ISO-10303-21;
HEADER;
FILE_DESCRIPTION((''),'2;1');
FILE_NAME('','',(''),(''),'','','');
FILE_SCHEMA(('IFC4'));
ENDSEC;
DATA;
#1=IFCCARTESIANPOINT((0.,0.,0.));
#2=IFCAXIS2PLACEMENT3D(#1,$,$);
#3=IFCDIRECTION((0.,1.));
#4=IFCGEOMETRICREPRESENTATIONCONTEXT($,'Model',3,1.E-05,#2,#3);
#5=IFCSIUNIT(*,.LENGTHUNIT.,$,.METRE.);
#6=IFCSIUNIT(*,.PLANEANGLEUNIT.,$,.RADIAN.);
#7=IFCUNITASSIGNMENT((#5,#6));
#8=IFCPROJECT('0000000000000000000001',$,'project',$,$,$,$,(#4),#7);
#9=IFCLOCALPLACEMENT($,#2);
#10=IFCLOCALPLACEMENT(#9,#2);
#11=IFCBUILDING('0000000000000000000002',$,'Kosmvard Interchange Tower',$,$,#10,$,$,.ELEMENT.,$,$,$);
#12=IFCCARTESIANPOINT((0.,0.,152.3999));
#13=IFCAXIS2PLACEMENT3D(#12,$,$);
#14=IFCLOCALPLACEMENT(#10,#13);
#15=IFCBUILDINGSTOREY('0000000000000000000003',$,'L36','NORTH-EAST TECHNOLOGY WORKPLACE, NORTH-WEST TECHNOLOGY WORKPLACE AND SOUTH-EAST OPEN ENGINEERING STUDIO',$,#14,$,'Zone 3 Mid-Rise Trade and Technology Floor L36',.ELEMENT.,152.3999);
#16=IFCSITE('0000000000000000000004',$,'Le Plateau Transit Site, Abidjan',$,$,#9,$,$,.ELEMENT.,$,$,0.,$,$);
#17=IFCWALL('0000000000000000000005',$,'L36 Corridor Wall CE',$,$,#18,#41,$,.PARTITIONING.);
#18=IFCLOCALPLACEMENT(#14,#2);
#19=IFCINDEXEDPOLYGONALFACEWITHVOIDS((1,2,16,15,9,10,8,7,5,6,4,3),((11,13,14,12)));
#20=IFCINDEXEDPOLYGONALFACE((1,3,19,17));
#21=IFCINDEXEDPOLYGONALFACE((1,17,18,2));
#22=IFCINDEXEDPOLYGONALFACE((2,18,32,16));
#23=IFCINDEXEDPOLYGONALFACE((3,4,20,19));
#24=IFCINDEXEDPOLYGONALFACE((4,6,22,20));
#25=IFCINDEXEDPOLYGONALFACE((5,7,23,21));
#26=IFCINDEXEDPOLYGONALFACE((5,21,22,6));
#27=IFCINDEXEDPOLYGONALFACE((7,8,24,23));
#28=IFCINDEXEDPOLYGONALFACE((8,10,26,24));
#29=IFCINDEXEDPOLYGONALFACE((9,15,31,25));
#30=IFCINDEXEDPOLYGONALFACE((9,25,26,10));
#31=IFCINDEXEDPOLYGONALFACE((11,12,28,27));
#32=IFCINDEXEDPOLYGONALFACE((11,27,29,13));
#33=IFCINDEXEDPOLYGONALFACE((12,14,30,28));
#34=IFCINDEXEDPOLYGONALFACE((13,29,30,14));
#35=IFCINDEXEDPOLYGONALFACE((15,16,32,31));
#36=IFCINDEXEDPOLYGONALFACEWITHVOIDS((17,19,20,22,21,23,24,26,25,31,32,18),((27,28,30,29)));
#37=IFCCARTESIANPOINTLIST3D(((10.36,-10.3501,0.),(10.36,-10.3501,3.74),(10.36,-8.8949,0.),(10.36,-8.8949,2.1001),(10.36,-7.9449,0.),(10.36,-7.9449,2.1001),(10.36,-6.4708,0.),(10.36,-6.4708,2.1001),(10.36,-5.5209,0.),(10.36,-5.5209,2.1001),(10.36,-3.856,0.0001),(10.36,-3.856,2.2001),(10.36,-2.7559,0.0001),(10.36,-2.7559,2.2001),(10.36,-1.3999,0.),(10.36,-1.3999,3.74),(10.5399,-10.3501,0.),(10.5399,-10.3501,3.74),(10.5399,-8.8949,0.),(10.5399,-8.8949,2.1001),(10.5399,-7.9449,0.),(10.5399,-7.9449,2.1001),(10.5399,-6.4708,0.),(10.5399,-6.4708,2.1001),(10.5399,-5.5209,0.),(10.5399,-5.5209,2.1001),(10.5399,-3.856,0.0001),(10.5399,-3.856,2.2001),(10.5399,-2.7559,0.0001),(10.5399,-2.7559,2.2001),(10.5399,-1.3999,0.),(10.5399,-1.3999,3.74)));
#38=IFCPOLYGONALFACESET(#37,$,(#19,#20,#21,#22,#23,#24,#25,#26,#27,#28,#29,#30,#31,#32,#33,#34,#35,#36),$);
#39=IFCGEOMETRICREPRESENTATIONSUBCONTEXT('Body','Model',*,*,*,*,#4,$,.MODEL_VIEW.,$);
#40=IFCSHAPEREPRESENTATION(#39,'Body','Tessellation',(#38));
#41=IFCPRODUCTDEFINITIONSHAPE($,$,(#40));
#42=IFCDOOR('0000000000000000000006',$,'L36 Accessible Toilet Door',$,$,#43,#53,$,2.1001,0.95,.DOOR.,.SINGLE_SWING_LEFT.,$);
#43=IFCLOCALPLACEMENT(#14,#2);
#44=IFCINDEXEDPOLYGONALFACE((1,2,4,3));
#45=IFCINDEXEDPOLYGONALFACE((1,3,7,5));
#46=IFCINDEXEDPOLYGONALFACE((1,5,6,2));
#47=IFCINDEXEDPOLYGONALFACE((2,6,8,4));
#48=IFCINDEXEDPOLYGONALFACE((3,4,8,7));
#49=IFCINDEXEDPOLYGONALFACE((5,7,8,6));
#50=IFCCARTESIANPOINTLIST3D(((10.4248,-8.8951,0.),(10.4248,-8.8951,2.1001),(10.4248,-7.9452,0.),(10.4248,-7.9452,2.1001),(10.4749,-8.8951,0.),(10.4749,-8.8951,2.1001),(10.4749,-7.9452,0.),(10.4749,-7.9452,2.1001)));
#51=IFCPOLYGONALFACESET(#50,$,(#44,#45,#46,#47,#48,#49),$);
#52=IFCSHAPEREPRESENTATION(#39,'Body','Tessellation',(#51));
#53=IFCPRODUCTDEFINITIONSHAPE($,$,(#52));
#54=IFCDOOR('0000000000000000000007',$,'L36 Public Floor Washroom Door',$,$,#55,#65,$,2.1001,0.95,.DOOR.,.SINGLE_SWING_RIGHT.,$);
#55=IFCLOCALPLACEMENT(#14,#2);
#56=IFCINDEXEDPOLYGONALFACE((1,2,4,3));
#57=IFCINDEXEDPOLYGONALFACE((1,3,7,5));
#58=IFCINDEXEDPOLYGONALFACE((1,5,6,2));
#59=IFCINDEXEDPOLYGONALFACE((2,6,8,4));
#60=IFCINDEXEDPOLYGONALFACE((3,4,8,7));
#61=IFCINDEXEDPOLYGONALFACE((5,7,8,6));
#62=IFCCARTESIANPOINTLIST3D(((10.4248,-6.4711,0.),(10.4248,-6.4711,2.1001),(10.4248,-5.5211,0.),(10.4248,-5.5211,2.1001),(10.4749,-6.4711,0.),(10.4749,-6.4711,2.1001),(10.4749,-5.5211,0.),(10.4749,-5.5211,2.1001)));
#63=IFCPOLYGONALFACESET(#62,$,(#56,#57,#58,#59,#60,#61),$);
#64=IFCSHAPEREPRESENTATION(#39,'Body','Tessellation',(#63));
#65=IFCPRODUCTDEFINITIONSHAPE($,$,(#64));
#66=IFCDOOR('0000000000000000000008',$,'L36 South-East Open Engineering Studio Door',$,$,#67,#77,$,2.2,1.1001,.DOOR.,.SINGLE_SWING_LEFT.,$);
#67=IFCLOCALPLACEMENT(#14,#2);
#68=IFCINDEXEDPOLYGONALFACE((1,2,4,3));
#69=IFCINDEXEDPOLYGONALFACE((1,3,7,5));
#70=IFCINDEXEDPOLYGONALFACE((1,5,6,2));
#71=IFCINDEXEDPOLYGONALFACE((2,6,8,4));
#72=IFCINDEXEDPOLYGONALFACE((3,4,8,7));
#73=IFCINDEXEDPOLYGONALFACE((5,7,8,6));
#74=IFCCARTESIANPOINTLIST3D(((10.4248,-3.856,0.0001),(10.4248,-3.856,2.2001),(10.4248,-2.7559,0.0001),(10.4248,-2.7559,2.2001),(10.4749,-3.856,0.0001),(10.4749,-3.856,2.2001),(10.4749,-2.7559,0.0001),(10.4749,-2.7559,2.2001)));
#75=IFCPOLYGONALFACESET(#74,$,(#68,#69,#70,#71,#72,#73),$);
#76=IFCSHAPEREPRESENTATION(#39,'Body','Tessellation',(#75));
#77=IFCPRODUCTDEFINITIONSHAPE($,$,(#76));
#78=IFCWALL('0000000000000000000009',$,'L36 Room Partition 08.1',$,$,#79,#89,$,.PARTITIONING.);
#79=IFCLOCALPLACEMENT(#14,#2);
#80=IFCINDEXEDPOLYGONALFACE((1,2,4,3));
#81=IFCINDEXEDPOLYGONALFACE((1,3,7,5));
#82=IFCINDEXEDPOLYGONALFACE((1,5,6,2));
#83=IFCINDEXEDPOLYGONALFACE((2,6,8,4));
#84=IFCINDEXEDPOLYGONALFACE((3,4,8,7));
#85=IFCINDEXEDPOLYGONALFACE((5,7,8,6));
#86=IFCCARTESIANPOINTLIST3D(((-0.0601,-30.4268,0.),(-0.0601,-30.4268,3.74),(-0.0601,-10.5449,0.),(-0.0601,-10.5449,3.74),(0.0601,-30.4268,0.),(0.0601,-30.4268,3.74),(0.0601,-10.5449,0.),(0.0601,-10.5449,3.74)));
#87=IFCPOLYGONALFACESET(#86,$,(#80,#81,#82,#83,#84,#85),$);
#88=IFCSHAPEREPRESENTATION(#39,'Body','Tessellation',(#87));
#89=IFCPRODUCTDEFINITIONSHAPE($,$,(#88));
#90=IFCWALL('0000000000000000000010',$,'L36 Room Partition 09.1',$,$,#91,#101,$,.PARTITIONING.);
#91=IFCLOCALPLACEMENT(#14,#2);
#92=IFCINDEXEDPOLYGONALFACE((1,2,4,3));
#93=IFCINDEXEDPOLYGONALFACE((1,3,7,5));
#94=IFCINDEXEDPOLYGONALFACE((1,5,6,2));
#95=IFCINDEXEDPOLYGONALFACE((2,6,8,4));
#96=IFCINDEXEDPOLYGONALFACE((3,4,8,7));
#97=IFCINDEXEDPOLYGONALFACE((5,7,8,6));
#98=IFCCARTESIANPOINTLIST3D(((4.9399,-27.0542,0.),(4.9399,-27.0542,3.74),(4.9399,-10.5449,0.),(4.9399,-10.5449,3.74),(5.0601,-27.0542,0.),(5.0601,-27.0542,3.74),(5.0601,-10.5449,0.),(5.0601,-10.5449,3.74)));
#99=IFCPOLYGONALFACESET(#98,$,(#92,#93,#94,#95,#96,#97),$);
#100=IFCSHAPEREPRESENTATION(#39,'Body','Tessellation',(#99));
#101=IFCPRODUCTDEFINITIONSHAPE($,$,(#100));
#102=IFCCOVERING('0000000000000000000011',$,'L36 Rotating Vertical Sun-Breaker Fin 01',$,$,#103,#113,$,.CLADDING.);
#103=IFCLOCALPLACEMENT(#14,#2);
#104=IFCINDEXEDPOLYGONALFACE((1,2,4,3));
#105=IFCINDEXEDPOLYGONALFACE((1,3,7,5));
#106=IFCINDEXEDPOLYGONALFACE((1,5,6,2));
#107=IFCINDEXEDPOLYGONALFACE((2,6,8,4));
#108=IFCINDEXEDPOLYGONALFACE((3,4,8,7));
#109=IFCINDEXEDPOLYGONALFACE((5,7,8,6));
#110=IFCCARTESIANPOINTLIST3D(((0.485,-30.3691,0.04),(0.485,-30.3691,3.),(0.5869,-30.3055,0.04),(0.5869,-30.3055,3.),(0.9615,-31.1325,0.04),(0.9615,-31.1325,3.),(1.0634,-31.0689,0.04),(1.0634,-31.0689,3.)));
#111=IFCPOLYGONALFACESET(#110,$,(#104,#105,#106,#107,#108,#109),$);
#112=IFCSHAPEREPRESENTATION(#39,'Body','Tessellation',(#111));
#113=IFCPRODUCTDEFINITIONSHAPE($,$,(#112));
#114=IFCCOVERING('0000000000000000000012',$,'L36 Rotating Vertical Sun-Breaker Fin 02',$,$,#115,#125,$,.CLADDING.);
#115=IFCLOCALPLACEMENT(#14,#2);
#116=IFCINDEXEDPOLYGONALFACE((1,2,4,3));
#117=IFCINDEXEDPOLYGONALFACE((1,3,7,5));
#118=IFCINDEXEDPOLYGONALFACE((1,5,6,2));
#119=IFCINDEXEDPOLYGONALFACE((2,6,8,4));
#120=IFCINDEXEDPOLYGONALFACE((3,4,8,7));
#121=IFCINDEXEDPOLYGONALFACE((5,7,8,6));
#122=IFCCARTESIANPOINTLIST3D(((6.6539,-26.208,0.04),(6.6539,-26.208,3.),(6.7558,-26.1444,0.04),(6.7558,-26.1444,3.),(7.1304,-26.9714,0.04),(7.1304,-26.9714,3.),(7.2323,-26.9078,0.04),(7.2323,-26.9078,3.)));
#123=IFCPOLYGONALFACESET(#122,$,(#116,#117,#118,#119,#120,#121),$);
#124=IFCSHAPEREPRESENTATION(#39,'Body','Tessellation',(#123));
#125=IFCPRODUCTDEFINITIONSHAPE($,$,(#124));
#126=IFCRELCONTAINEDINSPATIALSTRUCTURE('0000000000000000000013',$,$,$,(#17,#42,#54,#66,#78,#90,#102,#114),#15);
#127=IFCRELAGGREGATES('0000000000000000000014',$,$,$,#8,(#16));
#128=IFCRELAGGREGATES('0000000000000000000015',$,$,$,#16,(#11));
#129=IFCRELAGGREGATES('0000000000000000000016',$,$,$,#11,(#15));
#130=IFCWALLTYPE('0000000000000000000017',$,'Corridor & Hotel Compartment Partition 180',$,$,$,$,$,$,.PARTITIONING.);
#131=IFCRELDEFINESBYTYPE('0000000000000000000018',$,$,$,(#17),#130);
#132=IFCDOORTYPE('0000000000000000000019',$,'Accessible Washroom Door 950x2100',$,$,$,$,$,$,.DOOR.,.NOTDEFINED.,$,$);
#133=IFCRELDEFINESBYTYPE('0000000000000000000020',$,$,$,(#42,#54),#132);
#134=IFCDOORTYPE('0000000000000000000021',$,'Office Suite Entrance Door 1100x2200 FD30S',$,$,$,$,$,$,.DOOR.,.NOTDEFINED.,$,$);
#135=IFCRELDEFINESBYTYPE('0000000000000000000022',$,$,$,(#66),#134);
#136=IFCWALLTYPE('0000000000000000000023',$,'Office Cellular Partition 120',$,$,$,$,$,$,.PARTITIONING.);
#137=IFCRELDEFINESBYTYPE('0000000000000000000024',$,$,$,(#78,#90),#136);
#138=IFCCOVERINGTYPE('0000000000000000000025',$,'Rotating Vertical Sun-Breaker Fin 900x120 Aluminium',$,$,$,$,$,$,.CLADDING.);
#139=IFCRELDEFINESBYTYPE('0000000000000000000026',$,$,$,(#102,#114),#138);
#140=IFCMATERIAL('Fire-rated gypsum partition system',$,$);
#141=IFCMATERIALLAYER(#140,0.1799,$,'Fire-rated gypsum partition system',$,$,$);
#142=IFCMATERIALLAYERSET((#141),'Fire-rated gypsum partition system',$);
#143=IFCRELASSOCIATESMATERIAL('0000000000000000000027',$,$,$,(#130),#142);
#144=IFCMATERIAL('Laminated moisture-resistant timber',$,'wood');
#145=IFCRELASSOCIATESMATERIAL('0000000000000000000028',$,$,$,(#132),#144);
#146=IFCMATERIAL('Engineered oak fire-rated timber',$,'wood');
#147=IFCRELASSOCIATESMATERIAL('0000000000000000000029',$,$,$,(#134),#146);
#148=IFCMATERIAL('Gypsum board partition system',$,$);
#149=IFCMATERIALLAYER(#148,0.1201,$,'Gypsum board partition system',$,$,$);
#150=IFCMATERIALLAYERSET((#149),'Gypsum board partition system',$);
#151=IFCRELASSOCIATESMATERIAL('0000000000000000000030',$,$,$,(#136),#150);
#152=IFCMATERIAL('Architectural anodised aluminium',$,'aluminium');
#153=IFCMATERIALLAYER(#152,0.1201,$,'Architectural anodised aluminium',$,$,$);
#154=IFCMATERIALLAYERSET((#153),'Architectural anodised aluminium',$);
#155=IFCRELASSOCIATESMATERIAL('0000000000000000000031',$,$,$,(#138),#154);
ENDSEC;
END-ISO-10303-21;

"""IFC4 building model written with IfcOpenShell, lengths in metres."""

from ifc_helpers import new_model, si_unit, direction, frame, frame_2d, origin, origin_2d, place, context, subcontext, project, spatial, rectangle, extrude, source, transform, mapped, material, layer, layer_set, type_object, element, fill, save


model = new_model("IFC4")

# Units and contexts
model_context = context("Model", 3, precision=1e-05, world=origin(), true_north=direction((0.0, 1.0)))
body_context = subcontext(model_context, "Body", "Model", "MODEL_VIEW")
ifc_project = project(units=[si_unit("LENGTHUNIT", "METRE"), si_unit("PLANEANGLEUNIT", "RADIAN")], contexts=[model_context])

# Site, building, storey
site_placement = place(None, origin())
site = spatial("IfcSite", under=ifc_project, at=site_placement, Name="Le Plateau Transit Site, Abidjan", CompositionType="ELEMENT", RefElevation=0.0)
building_placement = place(site_placement, origin())
building = spatial("IfcBuilding", under=site, at=building_placement, Name="Kosmvard Interchange Tower", CompositionType="ELEMENT")
storey_placement = place(building_placement, frame((0.0, 0.0, 152.3999)))
storey = spatial("IfcBuildingStorey", under=building, at=storey_placement, Name="L36", Description="NORTH-EAST TECHNOLOGY WORKPLACE, NORTH-WEST TECHNOLOGY WORKPLACE AND SOUTH-EAST OPEN ENGINEERING STUDIO", LongName="Zone 3 Mid-Rise Trade and Technology Floor L36", CompositionType="ELEMENT", Elevation=152.3999)

# Wall, openings, doors
ifc_material_1 = material(Name="Fire-rated gypsum partition system")
ifc_layer_1 = layer(ifc_material_1, 0.1799, Name="Fire-rated gypsum partition system")
ifc_layer_set_1 = layer_set([ifc_layer_1], Name="Fire-rated gypsum partition system")
wall_type_1 = type_object("IfcWallType", Name="Corridor & Hotel Compartment Partition 180", PredefinedType="PARTITIONING", material=ifc_layer_set_1)
wall_1_placement = place(storey_placement, frame((10.45, -10.3501, 0.0), z_axis=(0.0, 0.0, 1.0), x_axis=(0.0, 1.0, 0.0)))
wall_1 = element("IfcWall", 1, at=wall_1_placement, inside=storey, type_object=wall_type_1, Name="L36 Corridor Wall CE", PredefinedType="PARTITIONING", context=body_context, shape_type="SweptSolid", body=[
    extrude(rectangle(XDim=8.9502, YDim=0.1799, at=frame_2d((4.4751, 0.0))), origin(), (0.0, 0.0, 1.0), 3.74),
])
opening_1_placement = place(wall_1_placement, frame((1.4551, 0.0, 0.0)))
opening_1 = element("IfcOpeningElement", 2, at=opening_1_placement, cuts=wall_1, PredefinedType="OPENING", context=body_context, shape_type="SweptSolid", body=[
    extrude(rectangle(XDim=0.95, YDim=2.1001, at=frame_2d((0.4751, 1.05))), frame((0.0, 0.1001, 0.0), z_axis=(0.0, -1.0, 0.0), x_axis=(1.0, 0.0, 0.0)), (0.0, 0.0, 1.0), 0.2),
])
opening_2_placement = place(wall_1_placement, frame((3.8792, 0.0, 0.0)))
opening_2 = element("IfcOpeningElement", 3, at=opening_2_placement, cuts=wall_1, PredefinedType="OPENING", context=body_context, shape_type="SweptSolid", body=[
    extrude(rectangle(XDim=0.95, YDim=2.1001, at=frame_2d((0.4751, 1.05))), frame((0.0, 0.1001, 0.0), z_axis=(0.0, -1.0, 0.0), x_axis=(1.0, 0.0, 0.0)), (0.0, 0.0, 1.0), 0.2),
])
opening_3_placement = place(wall_1_placement, frame((6.4941, 0.0, 0.0)))
opening_3 = element("IfcOpeningElement", 4, at=opening_3_placement, cuts=wall_1, PredefinedType="OPENING", context=body_context, shape_type="SweptSolid", body=[
    extrude(rectangle(XDim=1.1001, YDim=2.2, at=frame_2d((0.55, 1.1001))), frame((0.0, 0.1001, 0.0), z_axis=(0.0, -1.0, 0.0), x_axis=(1.0, 0.0, 0.0)), (0.0, 0.0, 1.0), 0.2),
])
ifc_material_2 = material(Name="Laminated moisture-resistant timber", Category="wood")
door_type_1 = type_object("IfcDoorType", Name="Accessible Washroom Door 950x2100", OperationType="NOTDEFINED", PredefinedType="DOOR", material=ifc_material_2)
shared_shape_1 = source(origin(), body_context, "Body", "SweptSolid", [
    extrude(rectangle(XDim=0.95, YDim=2.1001, at=frame_2d((0.4751, 1.05))), frame((0.0, 0.0249, 0.0), z_axis=(0.0, -1.0, 0.0), x_axis=(1.0, 0.0, 0.0)), (0.0, 0.0, 1.0), 0.05),
])
door_1_placement = place(opening_1_placement, frame((0.95, 0.0, 0.0), z_axis=(0.0, 0.0, 1.0), x_axis=(-1.0, 0.0, 0.0)))
door_1 = element("IfcDoor", 5, at=door_1_placement, inside=storey, type_object=door_type_1, Name="L36 Accessible Toilet Door", OperationType="SINGLE_SWING_LEFT", OverallHeight=2.1001, OverallWidth=0.95, PredefinedType="DOOR", context=body_context, shape_type="MappedRepresentation", body=[
    mapped(shared_shape_1, transform((0.0, 0.0, 0.0), scale=1.0)),
])
fill(opening_1, door_1)
door_2_placement = place(opening_2_placement, frame((0.95, 0.0, 0.0), z_axis=(0.0, 0.0, 1.0), x_axis=(-1.0, 0.0, 0.0)))
door_2 = element("IfcDoor", 6, at=door_2_placement, inside=storey, type_object=door_type_1, Name="L36 Public Floor Washroom Door", OperationType="SINGLE_SWING_RIGHT", OverallHeight=2.1001, OverallWidth=0.95, PredefinedType="DOOR", context=body_context, shape_type="MappedRepresentation", body=[
    mapped(shared_shape_1, transform((0.0, 0.0, 0.0), scale=1.0)),
])
fill(opening_2, door_2)
ifc_material_3 = material(Name="Engineered oak fire-rated timber", Category="wood")
door_type_2 = type_object("IfcDoorType", Name="Office Suite Entrance Door 1100x2200 FD30S", OperationType="NOTDEFINED", PredefinedType="DOOR", material=ifc_material_3)
shared_shape_2 = source(origin(), body_context, "Body", "SweptSolid", [
    extrude(rectangle(XDim=1.1001, YDim=2.2, at=frame_2d((0.55, 1.1001))), frame((0.0, 0.0249, 0.0), z_axis=(0.0, -1.0, 0.0), x_axis=(1.0, 0.0, 0.0)), (0.0, 0.0, 1.0), 0.05),
])
door_3_placement = place(opening_3_placement, frame((1.1001, 0.0, 0.0), z_axis=(0.0, 0.0, 1.0), x_axis=(-1.0, 0.0, 0.0)))
door_3 = element("IfcDoor", 7, at=door_3_placement, inside=storey, type_object=door_type_2, Name="L36 South-East Open Engineering Studio Door", OperationType="SINGLE_SWING_LEFT", OverallHeight=2.2, OverallWidth=1.1001, PredefinedType="DOOR", context=body_context, shape_type="MappedRepresentation", body=[
    mapped(shared_shape_2, transform((0.0, 0.0, 0.0), scale=1.0)),
])
fill(opening_3, door_3)

# Walls
ifc_material_4 = material(Name="Gypsum board partition system")
ifc_layer_2 = layer(ifc_material_4, 0.1201, Name="Gypsum board partition system")
ifc_layer_set_2 = layer_set([ifc_layer_2], Name="Gypsum board partition system")
wall_type_2 = type_object("IfcWallType", Name="Office Cellular Partition 120", PredefinedType="PARTITIONING", material=ifc_layer_set_2)
wall_2_placement = place(storey_placement, frame((0.0, -30.4268, 0.0), z_axis=(0.0, 0.0, 1.0), x_axis=(0.0, 1.0, 0.0)))
element("IfcWall", 8, at=wall_2_placement, inside=storey, type_object=wall_type_2, Name="L36 Room Partition 08.1", PredefinedType="PARTITIONING", context=body_context, shape_type="SweptSolid", body=[
    extrude(rectangle(XDim=19.8818, YDim=0.1201, at=frame_2d((9.9409, 0.0))), origin(), (0.0, 0.0, 1.0), 3.74),
])
wall_3_placement = place(storey_placement, frame((5.0, -27.0542, 0.0), z_axis=(0.0, 0.0, 1.0), x_axis=(0.0, 1.0, 0.0)))
element("IfcWall", 9, at=wall_3_placement, inside=storey, type_object=wall_type_2, Name="L36 Room Partition 09.1", PredefinedType="PARTITIONING", context=body_context, shape_type="SweptSolid", body=[
    extrude(rectangle(XDim=16.5093, YDim=0.1201, at=frame_2d((8.2546, 0.0))), origin(), (0.0, 0.0, 1.0), 3.74),
])

# Coverings
ifc_material_5 = material(Name="Architectural anodised aluminium", Category="aluminium")
ifc_layer_3 = layer(ifc_material_5, 0.1201, Name="Architectural anodised aluminium")
ifc_layer_set_3 = layer_set([ifc_layer_3], Name="Architectural anodised aluminium")
covering_type = type_object("IfcCoveringType", Name="Rotating Vertical Sun-Breaker Fin 900x120 Aluminium", PredefinedType="CLADDING", material=ifc_layer_set_3)
shared_shape_3 = source(origin(), body_context, "Body", "SweptSolid", [
    extrude(rectangle(XDim=0.8999, YDim=0.1201, at=origin_2d()), origin(), (0.0, 0.0, 1.0), 2.96),
])
for number, where, z_axis, x_axis, name in (
    (10, (0.7742, -30.719, 0.04), (0.0, 0.0, 1.0), (0.529475, -0.848325, 0.0), "L36 Rotating Vertical Sun-Breaker Fin 01"),
    (11, (6.9431, -26.5579, 0.04), (0.0, 0.0, 1.0), (0.529475, -0.848325, 0.0), "L36 Rotating Vertical Sun-Breaker Fin 02"),
):
    element("IfcCovering", number, at=place(storey_placement, frame(where, z_axis=z_axis, x_axis=x_axis)), inside=storey, type_object=covering_type, Name=name, PredefinedType="CLADDING", context=body_context, shape_type="MappedRepresentation", body=[
        mapped(shared_shape_3, transform((0.0, 0.0, 0.0), scale=1.0)),
    ])

save(model, "model.ifc")
